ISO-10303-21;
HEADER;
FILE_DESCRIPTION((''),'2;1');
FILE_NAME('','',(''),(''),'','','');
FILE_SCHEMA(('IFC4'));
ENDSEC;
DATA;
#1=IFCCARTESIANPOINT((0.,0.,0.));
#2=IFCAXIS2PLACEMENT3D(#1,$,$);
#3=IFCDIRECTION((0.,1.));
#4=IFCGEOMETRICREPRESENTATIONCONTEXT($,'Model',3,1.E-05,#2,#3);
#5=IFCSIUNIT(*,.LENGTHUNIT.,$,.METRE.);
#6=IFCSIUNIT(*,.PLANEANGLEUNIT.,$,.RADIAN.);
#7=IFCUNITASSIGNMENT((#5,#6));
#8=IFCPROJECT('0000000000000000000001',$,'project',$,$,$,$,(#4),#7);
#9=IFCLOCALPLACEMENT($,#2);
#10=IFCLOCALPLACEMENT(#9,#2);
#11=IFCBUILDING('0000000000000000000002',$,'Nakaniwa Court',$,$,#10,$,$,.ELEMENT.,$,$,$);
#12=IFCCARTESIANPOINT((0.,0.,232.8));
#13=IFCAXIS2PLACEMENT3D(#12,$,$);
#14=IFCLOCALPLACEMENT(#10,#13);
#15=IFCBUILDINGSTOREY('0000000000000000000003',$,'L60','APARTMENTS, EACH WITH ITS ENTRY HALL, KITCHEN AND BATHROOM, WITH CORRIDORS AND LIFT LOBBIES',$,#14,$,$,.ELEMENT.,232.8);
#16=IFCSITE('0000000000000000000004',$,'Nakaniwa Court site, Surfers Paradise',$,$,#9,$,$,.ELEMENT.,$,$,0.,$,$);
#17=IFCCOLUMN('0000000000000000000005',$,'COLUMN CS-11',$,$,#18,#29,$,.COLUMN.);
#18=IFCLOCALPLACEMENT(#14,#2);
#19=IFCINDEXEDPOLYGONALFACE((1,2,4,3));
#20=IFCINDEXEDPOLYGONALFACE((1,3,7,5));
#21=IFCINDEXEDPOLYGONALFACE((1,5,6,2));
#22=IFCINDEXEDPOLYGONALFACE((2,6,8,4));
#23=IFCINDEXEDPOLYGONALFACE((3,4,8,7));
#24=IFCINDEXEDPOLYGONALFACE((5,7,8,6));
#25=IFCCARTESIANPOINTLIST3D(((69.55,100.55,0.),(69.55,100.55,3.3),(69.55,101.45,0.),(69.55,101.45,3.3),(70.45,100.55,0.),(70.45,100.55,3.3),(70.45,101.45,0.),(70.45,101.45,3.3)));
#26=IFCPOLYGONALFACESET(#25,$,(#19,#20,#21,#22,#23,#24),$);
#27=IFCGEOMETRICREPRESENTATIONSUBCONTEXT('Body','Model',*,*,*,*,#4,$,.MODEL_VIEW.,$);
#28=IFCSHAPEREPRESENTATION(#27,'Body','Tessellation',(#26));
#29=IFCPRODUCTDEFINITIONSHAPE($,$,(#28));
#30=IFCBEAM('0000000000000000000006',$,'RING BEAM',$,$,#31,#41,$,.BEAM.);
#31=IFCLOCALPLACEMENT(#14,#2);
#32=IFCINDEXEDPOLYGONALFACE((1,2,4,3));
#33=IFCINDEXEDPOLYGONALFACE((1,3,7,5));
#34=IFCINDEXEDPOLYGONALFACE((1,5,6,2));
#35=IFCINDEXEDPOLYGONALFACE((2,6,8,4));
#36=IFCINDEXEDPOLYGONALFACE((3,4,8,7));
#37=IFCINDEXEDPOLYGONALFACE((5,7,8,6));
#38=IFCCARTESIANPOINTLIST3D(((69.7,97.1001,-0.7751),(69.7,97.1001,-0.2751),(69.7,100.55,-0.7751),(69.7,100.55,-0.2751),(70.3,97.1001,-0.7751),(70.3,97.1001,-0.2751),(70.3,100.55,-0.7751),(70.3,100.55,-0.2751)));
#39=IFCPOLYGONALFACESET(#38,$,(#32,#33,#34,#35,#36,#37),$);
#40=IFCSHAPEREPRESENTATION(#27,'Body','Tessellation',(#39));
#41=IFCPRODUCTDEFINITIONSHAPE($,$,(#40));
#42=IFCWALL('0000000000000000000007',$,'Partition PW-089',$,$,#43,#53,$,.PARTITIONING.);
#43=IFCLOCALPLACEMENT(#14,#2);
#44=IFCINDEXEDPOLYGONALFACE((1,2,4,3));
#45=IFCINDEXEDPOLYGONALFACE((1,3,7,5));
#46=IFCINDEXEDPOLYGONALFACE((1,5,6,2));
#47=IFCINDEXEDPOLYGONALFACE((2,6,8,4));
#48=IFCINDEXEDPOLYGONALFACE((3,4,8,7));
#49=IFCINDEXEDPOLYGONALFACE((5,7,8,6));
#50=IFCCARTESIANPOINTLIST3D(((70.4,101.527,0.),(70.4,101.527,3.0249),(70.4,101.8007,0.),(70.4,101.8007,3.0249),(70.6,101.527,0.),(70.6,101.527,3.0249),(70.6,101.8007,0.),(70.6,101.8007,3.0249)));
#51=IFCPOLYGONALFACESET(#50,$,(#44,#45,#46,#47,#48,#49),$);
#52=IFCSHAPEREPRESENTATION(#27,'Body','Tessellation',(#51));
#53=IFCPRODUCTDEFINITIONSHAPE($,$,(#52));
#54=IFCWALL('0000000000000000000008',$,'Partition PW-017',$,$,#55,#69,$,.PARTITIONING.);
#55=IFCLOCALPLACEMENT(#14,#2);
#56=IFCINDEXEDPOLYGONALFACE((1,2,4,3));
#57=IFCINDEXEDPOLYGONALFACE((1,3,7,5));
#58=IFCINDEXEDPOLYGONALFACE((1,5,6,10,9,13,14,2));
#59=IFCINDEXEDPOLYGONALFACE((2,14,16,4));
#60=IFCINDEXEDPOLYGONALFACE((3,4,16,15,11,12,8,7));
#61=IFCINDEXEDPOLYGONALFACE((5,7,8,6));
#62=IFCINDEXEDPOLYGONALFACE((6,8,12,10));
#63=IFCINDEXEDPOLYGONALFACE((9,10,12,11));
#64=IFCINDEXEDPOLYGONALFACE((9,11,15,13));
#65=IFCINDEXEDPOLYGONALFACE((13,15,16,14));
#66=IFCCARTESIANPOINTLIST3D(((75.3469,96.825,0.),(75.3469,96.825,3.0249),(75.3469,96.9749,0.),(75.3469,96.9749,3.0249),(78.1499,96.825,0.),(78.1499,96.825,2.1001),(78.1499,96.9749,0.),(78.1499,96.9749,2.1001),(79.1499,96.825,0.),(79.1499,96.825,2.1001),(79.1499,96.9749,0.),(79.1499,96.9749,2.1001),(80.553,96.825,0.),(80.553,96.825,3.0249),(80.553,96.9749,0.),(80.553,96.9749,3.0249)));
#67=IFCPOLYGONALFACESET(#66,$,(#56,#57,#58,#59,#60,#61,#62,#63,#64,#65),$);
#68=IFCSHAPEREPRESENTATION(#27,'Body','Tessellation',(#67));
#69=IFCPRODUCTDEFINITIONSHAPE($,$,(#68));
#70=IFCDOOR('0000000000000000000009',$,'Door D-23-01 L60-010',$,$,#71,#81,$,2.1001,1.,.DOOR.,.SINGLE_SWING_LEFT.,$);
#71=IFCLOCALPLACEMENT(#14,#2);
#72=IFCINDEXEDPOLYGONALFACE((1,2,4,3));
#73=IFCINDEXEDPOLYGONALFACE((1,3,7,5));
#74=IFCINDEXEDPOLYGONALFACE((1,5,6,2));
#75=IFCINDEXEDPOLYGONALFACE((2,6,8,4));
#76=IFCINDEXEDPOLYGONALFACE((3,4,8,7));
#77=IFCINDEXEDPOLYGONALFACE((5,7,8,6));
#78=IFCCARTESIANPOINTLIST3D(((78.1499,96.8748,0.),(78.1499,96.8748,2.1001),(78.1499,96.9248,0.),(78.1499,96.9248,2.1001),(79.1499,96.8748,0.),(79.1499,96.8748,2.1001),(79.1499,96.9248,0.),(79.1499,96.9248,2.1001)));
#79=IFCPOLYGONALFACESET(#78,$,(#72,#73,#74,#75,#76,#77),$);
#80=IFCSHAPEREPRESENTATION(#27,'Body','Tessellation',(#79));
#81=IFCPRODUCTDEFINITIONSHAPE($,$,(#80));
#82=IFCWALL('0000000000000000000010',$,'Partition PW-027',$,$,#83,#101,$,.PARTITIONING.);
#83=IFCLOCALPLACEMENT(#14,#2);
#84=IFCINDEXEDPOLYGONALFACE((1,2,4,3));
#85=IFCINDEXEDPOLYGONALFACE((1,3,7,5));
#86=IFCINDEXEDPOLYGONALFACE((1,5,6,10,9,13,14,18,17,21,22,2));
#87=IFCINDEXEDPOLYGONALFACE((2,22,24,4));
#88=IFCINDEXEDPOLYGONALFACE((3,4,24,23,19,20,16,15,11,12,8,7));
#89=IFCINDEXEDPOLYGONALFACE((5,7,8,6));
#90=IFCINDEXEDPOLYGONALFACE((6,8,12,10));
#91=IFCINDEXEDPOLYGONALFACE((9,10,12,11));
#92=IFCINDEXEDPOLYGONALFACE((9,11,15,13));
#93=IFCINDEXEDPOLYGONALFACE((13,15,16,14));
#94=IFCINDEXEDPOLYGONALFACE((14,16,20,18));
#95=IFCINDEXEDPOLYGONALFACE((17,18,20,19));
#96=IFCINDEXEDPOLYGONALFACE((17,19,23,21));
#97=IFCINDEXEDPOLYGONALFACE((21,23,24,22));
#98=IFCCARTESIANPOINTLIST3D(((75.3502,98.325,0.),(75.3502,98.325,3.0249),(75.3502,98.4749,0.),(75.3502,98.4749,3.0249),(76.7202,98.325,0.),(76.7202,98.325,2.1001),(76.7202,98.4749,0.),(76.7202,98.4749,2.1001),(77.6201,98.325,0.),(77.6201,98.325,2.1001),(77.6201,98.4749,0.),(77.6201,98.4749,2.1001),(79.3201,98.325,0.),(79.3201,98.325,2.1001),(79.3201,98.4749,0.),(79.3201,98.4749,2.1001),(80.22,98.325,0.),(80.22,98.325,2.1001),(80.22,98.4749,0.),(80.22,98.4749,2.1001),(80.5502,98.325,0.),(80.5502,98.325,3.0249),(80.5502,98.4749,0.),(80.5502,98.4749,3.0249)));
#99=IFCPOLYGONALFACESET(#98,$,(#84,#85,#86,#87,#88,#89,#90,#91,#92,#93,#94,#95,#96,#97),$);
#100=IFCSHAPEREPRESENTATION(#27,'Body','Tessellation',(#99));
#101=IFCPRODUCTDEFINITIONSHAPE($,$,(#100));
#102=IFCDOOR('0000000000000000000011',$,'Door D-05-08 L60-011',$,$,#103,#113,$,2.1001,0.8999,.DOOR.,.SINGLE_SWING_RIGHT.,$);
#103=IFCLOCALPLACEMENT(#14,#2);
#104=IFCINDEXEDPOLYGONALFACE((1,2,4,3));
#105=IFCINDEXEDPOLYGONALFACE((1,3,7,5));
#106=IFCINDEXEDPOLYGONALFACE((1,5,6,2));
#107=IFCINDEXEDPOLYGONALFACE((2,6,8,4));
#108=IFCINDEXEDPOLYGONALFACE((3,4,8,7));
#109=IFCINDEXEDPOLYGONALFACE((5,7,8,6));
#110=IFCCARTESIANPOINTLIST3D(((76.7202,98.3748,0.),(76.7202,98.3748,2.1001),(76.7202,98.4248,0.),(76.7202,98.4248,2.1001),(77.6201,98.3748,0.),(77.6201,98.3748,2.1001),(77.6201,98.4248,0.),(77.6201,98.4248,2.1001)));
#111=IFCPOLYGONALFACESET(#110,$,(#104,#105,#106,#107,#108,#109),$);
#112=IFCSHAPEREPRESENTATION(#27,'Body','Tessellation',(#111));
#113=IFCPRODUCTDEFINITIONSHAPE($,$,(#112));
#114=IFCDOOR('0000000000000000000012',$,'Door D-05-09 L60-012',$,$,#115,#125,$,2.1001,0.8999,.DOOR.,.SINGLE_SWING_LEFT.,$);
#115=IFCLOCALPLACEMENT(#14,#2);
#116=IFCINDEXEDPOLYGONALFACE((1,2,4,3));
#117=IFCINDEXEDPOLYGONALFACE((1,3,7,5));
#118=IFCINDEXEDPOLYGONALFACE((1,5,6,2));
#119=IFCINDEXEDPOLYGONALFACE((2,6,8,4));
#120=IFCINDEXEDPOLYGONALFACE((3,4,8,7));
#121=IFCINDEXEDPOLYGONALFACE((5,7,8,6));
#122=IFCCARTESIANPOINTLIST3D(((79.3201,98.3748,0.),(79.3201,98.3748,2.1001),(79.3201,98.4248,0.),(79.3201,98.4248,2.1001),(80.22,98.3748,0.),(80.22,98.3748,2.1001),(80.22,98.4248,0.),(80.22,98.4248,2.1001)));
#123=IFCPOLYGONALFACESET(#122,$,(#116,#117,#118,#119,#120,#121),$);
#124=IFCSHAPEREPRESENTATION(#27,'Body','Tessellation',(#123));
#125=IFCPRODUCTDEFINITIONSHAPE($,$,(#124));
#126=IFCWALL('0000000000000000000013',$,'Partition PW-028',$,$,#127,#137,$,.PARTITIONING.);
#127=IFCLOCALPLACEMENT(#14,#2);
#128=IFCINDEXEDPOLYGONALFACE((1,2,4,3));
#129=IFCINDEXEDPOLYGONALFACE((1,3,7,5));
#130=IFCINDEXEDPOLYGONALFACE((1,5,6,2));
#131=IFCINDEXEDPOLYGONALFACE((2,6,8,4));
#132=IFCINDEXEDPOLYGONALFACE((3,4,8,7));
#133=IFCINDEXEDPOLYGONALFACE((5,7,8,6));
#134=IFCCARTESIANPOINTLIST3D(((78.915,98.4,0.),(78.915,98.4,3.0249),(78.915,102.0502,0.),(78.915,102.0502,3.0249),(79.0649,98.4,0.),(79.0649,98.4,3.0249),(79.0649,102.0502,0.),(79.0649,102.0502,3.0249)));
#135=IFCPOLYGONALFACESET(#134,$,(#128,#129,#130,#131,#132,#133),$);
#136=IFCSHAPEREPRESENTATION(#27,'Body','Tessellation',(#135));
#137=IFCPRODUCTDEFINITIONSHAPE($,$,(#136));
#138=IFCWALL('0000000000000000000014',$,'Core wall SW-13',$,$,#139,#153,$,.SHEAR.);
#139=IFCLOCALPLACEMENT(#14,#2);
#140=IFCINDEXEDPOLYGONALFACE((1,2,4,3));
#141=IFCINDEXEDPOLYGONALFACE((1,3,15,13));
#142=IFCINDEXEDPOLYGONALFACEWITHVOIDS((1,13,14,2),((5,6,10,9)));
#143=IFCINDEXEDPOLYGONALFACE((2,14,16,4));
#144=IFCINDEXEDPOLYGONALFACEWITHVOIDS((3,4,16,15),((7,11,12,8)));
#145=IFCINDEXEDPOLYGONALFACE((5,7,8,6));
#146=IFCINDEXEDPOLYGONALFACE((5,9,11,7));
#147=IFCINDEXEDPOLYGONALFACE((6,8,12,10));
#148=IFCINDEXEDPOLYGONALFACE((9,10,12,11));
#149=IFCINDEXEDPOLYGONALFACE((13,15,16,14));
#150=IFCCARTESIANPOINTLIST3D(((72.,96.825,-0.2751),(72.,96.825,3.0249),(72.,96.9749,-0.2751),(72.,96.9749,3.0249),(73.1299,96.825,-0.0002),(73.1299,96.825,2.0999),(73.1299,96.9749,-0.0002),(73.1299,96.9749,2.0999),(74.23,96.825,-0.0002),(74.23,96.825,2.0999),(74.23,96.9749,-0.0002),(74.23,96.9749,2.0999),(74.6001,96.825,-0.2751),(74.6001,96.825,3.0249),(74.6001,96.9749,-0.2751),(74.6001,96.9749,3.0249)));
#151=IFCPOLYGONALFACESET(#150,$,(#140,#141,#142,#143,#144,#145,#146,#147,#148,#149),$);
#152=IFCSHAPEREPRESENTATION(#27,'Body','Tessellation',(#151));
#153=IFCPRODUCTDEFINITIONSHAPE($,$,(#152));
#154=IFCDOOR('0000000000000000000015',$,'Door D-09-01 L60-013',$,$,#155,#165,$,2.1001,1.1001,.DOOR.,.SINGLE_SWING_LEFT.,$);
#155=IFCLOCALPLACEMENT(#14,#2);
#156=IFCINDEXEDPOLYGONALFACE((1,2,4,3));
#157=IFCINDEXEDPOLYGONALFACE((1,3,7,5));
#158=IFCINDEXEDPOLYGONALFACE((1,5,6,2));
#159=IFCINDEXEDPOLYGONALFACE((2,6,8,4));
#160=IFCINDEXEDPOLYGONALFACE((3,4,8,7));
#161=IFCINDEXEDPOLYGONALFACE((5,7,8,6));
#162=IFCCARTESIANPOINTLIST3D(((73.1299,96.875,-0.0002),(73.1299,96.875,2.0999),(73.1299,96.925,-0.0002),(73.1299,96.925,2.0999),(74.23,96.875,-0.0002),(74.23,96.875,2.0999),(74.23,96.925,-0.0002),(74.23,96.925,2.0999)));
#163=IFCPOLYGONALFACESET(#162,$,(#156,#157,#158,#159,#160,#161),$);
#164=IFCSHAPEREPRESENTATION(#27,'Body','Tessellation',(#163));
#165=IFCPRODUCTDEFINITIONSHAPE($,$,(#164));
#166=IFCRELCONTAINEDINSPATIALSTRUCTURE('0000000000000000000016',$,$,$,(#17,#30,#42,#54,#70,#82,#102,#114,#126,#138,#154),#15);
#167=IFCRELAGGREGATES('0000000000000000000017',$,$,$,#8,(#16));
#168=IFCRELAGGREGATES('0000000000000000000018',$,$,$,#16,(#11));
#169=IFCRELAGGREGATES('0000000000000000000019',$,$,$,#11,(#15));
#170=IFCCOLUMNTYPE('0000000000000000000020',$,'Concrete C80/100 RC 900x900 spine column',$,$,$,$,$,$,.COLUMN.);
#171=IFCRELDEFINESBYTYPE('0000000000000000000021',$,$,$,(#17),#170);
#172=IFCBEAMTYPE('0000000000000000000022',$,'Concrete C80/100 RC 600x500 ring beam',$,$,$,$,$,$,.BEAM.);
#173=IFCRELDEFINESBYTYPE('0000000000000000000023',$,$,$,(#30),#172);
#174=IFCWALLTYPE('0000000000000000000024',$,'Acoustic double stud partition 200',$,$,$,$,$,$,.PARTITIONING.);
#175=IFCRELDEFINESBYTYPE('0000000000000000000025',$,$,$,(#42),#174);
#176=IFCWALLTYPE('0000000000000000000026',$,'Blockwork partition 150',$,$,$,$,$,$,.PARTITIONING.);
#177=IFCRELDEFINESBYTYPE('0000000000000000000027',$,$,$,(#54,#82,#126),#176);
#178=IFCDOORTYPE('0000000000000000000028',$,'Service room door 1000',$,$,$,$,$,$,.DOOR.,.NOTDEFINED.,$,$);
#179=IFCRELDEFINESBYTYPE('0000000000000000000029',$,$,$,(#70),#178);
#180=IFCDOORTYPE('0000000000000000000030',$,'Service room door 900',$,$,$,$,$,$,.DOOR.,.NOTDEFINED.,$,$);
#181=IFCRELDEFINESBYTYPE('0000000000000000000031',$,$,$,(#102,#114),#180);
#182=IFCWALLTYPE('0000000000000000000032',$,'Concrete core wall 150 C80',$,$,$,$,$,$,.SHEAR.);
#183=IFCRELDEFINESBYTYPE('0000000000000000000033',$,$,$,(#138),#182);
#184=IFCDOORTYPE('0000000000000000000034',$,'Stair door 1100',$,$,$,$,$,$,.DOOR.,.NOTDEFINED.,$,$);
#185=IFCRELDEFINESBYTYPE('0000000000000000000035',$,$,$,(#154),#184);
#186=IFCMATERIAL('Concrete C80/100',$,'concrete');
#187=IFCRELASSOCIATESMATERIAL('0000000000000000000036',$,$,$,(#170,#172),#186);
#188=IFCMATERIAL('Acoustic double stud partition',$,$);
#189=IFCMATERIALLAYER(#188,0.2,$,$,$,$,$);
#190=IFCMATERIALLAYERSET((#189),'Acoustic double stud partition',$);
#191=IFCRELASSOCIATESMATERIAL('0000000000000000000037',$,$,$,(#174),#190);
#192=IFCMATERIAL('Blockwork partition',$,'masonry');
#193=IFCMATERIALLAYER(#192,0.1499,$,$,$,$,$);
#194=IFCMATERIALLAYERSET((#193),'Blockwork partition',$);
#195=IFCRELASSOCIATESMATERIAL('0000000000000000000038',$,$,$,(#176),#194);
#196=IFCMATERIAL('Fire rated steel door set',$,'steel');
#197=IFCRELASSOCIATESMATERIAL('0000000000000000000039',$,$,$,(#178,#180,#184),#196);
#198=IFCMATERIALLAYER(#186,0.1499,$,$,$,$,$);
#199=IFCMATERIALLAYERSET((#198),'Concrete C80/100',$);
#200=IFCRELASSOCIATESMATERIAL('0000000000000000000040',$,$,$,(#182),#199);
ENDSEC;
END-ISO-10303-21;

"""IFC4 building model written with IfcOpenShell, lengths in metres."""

from ifc_helpers import new_model, si_unit, direction, frame, frame_2d, origin, origin_2d, place, context, subcontext, project, spatial, rectangle, extrude, material, layer, layer_set, material_profile, profile_set, type_object, element, fill, save


model = new_model("IFC4")

# Units and contexts
model_context = context("Model", 3, precision=1e-05, world=origin(), true_north=direction((0.0, 1.0)))
body_context = subcontext(model_context, "Body", "Model", "MODEL_VIEW")
ifc_project = project(units=[si_unit("LENGTHUNIT", "METRE"), si_unit("PLANEANGLEUNIT", "RADIAN")], contexts=[model_context])

# Site, building, storey
site_placement = place(None, origin())
site = spatial("IfcSite", under=ifc_project, at=site_placement, Name="Nakaniwa Court site, Surfers Paradise", CompositionType="ELEMENT", RefElevation=0.0)
building_placement = place(site_placement, origin())
building = spatial("IfcBuilding", under=site, at=building_placement, Name="Nakaniwa Court", CompositionType="ELEMENT")
storey_placement = place(building_placement, frame((0.0, 0.0, 232.8)))
storey = spatial("IfcBuildingStorey", under=building, at=storey_placement, Name="L60", Description="APARTMENTS, EACH WITH ITS ENTRY HALL, KITCHEN AND BATHROOM, WITH CORRIDORS AND LIFT LOBBIES", CompositionType="ELEMENT", Elevation=232.8)

# Column
ifc_material_1 = material(Name="Concrete C80/100", Category="concrete")
ifc_material_profile_1 = material_profile(ifc_material_1, rectangle(XDim=0.8999, YDim=0.8999, at=origin_2d()), Name="Concrete C80/100 RC 900x900 spine column")
ifc_profile_set_1 = profile_set([ifc_material_profile_1], Name="Concrete C80/100")
column_type = type_object("IfcColumnType", Name="Concrete C80/100 RC 900x900 spine column", PredefinedType="COLUMN", material=ifc_profile_set_1)
column_placement = place(storey_placement, frame((70.0, 101.0, 0.0), z_axis=(0.0, 0.0, 1.0), x_axis=(0.0, -1.0, 0.0)))
element("IfcColumn", 1, at=column_placement, inside=storey, type_object=column_type, Name="COLUMN CS-11", PredefinedType="COLUMN", context=body_context, shape_type="SweptSolid", body=[
    extrude(rectangle(XDim=0.8999, YDim=0.8999, at=origin_2d()), origin(), (0.0, 0.0, 1.0), 3.3),
])

# Beam
ifc_material_profile_2 = material_profile(ifc_material_1, rectangle(XDim=0.6001, YDim=0.5, at=origin_2d()), Name="Concrete C80/100 RC 600x500 ring beam")
ifc_profile_set_2 = profile_set([ifc_material_profile_2], Name="Concrete C80/100")
beam_type = type_object("IfcBeamType", Name="Concrete C80/100 RC 600x500 ring beam", PredefinedType="BEAM", material=ifc_profile_set_2)
beam_placement = place(storey_placement, frame((70.0, 100.55, -0.5251), z_axis=(0.0, -1.0, 0.0), x_axis=(1.0, 0.0, 0.0)))
element("IfcBeam", 2, at=beam_placement, inside=storey, type_object=beam_type, Name="RING BEAM", PredefinedType="BEAM", context=body_context, shape_type="SweptSolid", body=[
    extrude(rectangle(XDim=0.6001, YDim=0.5, at=origin_2d()), origin(), (0.0, 0.0, 1.0), 3.45),
])

# Wall
ifc_material_2 = material(Name="Acoustic double stud partition")
ifc_layer_1 = layer(ifc_material_2, 0.2)
ifc_layer_set_1 = layer_set([ifc_layer_1], Name="Acoustic double stud partition")
wall_type_1 = type_object("IfcWallType", Name="Acoustic double stud partition 200", PredefinedType="PARTITIONING", material=ifc_layer_set_1)
wall_1_placement = place(storey_placement, frame((70.5, 101.5271, 0.0), z_axis=(0.0, 0.0, 1.0), x_axis=(0.0, 1.0, 0.0)))
element("IfcWall", 3, at=wall_1_placement, inside=storey, type_object=wall_type_1, Name="Partition PW-089", PredefinedType="PARTITIONING", context=body_context, shape_type="SweptSolid", body=[
    extrude(rectangle(XDim=0.2737, YDim=0.2, at=frame_2d((0.1367, 0.0))), origin(), (0.0, 0.0, 1.0), 3.0249),
])

# Wall, opening, door
ifc_material_3 = material(Name="Blockwork partition", Category="masonry")
ifc_layer_2 = layer(ifc_material_3, 0.1499)
ifc_layer_set_2 = layer_set([ifc_layer_2], Name="Blockwork partition")
wall_type_2 = type_object("IfcWallType", Name="Blockwork partition 150", PredefinedType="PARTITIONING", material=ifc_layer_set_2)
wall_2_placement = place(storey_placement, frame((75.3469, 96.8999, 0.0), z_axis=(0.0, 0.0, 1.0), x_axis=(1.0, 0.0, 0.0)))
wall_2 = element("IfcWall", 4, at=wall_2_placement, inside=storey, type_object=wall_type_2, Name="Partition PW-017", PredefinedType="PARTITIONING", context=body_context, shape_type="SweptSolid", body=[
    extrude(rectangle(XDim=5.2061, YDim=0.1499, at=frame_2d((2.603, 0.0))), origin(), (0.0, 0.0, 1.0), 3.0249),
])
opening_1_placement = place(wall_2_placement, frame((2.803, 0.0, 0.0)))
opening_1 = element("IfcOpeningElement", 5, at=opening_1_placement, cuts=wall_2, PredefinedType="OPENING", context=body_context, shape_type="SweptSolid", body=[
    extrude(rectangle(XDim=1.0, YDim=2.1001, at=frame_2d((0.5, 1.05))), frame((0.0, 0.085, 0.0), z_axis=(0.0, -1.0, 0.0), x_axis=(1.0, 0.0, 0.0)), (0.0, 0.0, 1.0), 0.1699),
])
ifc_material_4 = material(Name="Fire rated steel door set", Category="steel")
door_type_1 = type_object("IfcDoorType", Name="Service room door 1000", OperationType="NOTDEFINED", PredefinedType="DOOR", material=ifc_material_4)
door_1_placement = place(opening_1_placement, origin())
door_1 = element("IfcDoor", 6, at=door_1_placement, inside=storey, type_object=door_type_1, Name="Door D-23-01 L60-010", OperationType="SINGLE_SWING_LEFT", OverallHeight=2.1001, OverallWidth=1.0, PredefinedType="DOOR", context=body_context, shape_type="SweptSolid", body=[
    extrude(rectangle(XDim=1.0, YDim=2.1001, at=frame_2d((0.5, 1.05))), frame((0.0, 0.0249, 0.0), z_axis=(0.0, -1.0, 0.0), x_axis=(1.0, 0.0, 0.0)), (0.0, 0.0, 1.0), 0.05),
])
fill(opening_1, door_1)

# Wall, openings, doors
wall_3_placement = place(storey_placement, frame((75.3501, 98.3999, 0.0), z_axis=(0.0, 0.0, 1.0), x_axis=(1.0, 0.0, 0.0)))
wall_3 = element("IfcWall", 7, at=wall_3_placement, inside=storey, type_object=wall_type_2, Name="Partition PW-027", PredefinedType="PARTITIONING", context=body_context, shape_type="SweptSolid", body=[
    extrude(rectangle(XDim=5.2, YDim=0.1499, at=frame_2d((2.6001, 0.0))), origin(), (0.0, 0.0, 1.0), 3.0249),
])
opening_2_placement = place(wall_3_placement, frame((1.3701, 0.0, 0.0)))
opening_2 = element("IfcOpeningElement", 8, at=opening_2_placement, cuts=wall_3, PredefinedType="OPENING", context=body_context, shape_type="SweptSolid", body=[
    extrude(rectangle(XDim=0.8999, YDim=2.1001, at=frame_2d((0.45, 1.05))), frame((0.0, 0.085, 0.0), z_axis=(0.0, -1.0, 0.0), x_axis=(1.0, 0.0, 0.0)), (0.0, 0.0, 1.0), 0.1699),
])
opening_3_placement = place(wall_3_placement, frame((3.97, 0.0, 0.0)))
opening_3 = element("IfcOpeningElement", 9, at=opening_3_placement, cuts=wall_3, PredefinedType="OPENING", context=body_context, shape_type="SweptSolid", body=[
    extrude(rectangle(XDim=0.8999, YDim=2.1001, at=frame_2d((0.45, 1.05))), frame((0.0, 0.085, 0.0), z_axis=(0.0, -1.0, 0.0), x_axis=(1.0, 0.0, 0.0)), (0.0, 0.0, 1.0), 0.1699),
])
door_type_2 = type_object("IfcDoorType", Name="Service room door 900", OperationType="NOTDEFINED", PredefinedType="DOOR", material=ifc_material_4)
door_2_placement = place(opening_2_placement, origin())
door_2 = element("IfcDoor", 10, at=door_2_placement, inside=storey, type_object=door_type_2, Name="Door D-05-08 L60-011", OperationType="SINGLE_SWING_RIGHT", OverallHeight=2.1001, OverallWidth=0.8999, PredefinedType="DOOR", context=body_context, shape_type="SweptSolid", body=[
    extrude(rectangle(XDim=0.8999, YDim=2.1001, at=frame_2d((0.45, 1.05))), frame((0.0, 0.0249, 0.0), z_axis=(0.0, -1.0, 0.0), x_axis=(1.0, 0.0, 0.0)), (0.0, 0.0, 1.0), 0.05),
])
fill(opening_2, door_2)
door_3_placement = place(opening_3_placement, origin())
door_3 = element("IfcDoor", 11, at=door_3_placement, inside=storey, type_object=door_type_2, Name="Door D-05-09 L60-012", OperationType="SINGLE_SWING_LEFT", OverallHeight=2.1001, OverallWidth=0.8999, PredefinedType="DOOR", context=body_context, shape_type="SweptSolid", body=[
    extrude(rectangle(XDim=0.8999, YDim=2.1001, at=frame_2d((0.45, 1.05))), frame((0.0, 0.0249, 0.0), z_axis=(0.0, -1.0, 0.0), x_axis=(1.0, 0.0, 0.0)), (0.0, 0.0, 1.0), 0.05),
])
fill(opening_3, door_3)

# Wall
wall_4_placement = place(storey_placement, frame((78.99, 98.3999, 0.0), z_axis=(0.0, 0.0, 1.0), x_axis=(0.0, 1.0, 0.0)))
element("IfcWall", 12, at=wall_4_placement, inside=storey, type_object=wall_type_2, Name="Partition PW-028", PredefinedType="PARTITIONING", context=body_context, shape_type="SweptSolid", body=[
    extrude(rectangle(XDim=3.6501, YDim=0.1499, at=frame_2d((1.8252, 0.0))), origin(), (0.0, 0.0, 1.0), 3.0249),
])

# Wall, opening, door
ifc_layer_3 = layer(ifc_material_1, 0.1499)
ifc_layer_set_3 = layer_set([ifc_layer_3], Name="Concrete C80/100")
wall_type_3 = type_object("IfcWallType", Name="Concrete core wall 150 C80", PredefinedType="SHEAR", material=ifc_layer_set_3)
wall_5_placement = place(storey_placement, frame((74.6001, 96.8999, -0.2751), z_axis=(0.0, 0.0, 1.0), x_axis=(-1.0, 0.0, 0.0)))
wall_5 = element("IfcWall", 13, at=wall_5_placement, inside=storey, type_object=wall_type_3, Name="Core wall SW-13", PredefinedType="SHEAR", context=body_context, shape_type="SweptSolid", body=[
    extrude(rectangle(XDim=2.6001, YDim=0.1499, at=frame_2d((1.3, 0.0))), origin(), (0.0, 0.0, 1.0), 3.3),
])
opening_4_placement = place(wall_5_placement, frame((0.3701, 0.0, 0.2749)))
opening_4 = element("IfcOpeningElement", 14, at=opening_4_placement, cuts=wall_5, PredefinedType="OPENING", context=body_context, shape_type="SweptSolid", body=[
    extrude(rectangle(XDim=1.1001, YDim=2.1001, at=frame_2d((0.55, 1.05))), frame((0.0, 0.085, 0.0), z_axis=(0.0, -1.0, 0.0), x_axis=(1.0, 0.0, 0.0)), (0.0, 0.0, 1.0), 0.1699),
])
door_type_3 = type_object("IfcDoorType", Name="Stair door 1100", OperationType="NOTDEFINED", PredefinedType="DOOR", material=ifc_material_4)
door_4_placement = place(opening_4_placement, origin())
door_4 = element("IfcDoor", 15, at=door_4_placement, inside=storey, type_object=door_type_3, Name="Door D-09-01 L60-013", OperationType="SINGLE_SWING_LEFT", OverallHeight=2.1001, OverallWidth=1.1001, PredefinedType="DOOR", context=body_context, shape_type="SweptSolid", body=[
    extrude(rectangle(XDim=1.1001, YDim=2.1001, at=frame_2d((0.55, 1.05))), frame((0.0, 0.0249, 0.0), z_axis=(0.0, -1.0, 0.0), x_axis=(1.0, 0.0, 0.0)), (0.0, 0.0, 1.0), 0.05),
])
fill(opening_4, door_4)

save(model, "model.ifc")
